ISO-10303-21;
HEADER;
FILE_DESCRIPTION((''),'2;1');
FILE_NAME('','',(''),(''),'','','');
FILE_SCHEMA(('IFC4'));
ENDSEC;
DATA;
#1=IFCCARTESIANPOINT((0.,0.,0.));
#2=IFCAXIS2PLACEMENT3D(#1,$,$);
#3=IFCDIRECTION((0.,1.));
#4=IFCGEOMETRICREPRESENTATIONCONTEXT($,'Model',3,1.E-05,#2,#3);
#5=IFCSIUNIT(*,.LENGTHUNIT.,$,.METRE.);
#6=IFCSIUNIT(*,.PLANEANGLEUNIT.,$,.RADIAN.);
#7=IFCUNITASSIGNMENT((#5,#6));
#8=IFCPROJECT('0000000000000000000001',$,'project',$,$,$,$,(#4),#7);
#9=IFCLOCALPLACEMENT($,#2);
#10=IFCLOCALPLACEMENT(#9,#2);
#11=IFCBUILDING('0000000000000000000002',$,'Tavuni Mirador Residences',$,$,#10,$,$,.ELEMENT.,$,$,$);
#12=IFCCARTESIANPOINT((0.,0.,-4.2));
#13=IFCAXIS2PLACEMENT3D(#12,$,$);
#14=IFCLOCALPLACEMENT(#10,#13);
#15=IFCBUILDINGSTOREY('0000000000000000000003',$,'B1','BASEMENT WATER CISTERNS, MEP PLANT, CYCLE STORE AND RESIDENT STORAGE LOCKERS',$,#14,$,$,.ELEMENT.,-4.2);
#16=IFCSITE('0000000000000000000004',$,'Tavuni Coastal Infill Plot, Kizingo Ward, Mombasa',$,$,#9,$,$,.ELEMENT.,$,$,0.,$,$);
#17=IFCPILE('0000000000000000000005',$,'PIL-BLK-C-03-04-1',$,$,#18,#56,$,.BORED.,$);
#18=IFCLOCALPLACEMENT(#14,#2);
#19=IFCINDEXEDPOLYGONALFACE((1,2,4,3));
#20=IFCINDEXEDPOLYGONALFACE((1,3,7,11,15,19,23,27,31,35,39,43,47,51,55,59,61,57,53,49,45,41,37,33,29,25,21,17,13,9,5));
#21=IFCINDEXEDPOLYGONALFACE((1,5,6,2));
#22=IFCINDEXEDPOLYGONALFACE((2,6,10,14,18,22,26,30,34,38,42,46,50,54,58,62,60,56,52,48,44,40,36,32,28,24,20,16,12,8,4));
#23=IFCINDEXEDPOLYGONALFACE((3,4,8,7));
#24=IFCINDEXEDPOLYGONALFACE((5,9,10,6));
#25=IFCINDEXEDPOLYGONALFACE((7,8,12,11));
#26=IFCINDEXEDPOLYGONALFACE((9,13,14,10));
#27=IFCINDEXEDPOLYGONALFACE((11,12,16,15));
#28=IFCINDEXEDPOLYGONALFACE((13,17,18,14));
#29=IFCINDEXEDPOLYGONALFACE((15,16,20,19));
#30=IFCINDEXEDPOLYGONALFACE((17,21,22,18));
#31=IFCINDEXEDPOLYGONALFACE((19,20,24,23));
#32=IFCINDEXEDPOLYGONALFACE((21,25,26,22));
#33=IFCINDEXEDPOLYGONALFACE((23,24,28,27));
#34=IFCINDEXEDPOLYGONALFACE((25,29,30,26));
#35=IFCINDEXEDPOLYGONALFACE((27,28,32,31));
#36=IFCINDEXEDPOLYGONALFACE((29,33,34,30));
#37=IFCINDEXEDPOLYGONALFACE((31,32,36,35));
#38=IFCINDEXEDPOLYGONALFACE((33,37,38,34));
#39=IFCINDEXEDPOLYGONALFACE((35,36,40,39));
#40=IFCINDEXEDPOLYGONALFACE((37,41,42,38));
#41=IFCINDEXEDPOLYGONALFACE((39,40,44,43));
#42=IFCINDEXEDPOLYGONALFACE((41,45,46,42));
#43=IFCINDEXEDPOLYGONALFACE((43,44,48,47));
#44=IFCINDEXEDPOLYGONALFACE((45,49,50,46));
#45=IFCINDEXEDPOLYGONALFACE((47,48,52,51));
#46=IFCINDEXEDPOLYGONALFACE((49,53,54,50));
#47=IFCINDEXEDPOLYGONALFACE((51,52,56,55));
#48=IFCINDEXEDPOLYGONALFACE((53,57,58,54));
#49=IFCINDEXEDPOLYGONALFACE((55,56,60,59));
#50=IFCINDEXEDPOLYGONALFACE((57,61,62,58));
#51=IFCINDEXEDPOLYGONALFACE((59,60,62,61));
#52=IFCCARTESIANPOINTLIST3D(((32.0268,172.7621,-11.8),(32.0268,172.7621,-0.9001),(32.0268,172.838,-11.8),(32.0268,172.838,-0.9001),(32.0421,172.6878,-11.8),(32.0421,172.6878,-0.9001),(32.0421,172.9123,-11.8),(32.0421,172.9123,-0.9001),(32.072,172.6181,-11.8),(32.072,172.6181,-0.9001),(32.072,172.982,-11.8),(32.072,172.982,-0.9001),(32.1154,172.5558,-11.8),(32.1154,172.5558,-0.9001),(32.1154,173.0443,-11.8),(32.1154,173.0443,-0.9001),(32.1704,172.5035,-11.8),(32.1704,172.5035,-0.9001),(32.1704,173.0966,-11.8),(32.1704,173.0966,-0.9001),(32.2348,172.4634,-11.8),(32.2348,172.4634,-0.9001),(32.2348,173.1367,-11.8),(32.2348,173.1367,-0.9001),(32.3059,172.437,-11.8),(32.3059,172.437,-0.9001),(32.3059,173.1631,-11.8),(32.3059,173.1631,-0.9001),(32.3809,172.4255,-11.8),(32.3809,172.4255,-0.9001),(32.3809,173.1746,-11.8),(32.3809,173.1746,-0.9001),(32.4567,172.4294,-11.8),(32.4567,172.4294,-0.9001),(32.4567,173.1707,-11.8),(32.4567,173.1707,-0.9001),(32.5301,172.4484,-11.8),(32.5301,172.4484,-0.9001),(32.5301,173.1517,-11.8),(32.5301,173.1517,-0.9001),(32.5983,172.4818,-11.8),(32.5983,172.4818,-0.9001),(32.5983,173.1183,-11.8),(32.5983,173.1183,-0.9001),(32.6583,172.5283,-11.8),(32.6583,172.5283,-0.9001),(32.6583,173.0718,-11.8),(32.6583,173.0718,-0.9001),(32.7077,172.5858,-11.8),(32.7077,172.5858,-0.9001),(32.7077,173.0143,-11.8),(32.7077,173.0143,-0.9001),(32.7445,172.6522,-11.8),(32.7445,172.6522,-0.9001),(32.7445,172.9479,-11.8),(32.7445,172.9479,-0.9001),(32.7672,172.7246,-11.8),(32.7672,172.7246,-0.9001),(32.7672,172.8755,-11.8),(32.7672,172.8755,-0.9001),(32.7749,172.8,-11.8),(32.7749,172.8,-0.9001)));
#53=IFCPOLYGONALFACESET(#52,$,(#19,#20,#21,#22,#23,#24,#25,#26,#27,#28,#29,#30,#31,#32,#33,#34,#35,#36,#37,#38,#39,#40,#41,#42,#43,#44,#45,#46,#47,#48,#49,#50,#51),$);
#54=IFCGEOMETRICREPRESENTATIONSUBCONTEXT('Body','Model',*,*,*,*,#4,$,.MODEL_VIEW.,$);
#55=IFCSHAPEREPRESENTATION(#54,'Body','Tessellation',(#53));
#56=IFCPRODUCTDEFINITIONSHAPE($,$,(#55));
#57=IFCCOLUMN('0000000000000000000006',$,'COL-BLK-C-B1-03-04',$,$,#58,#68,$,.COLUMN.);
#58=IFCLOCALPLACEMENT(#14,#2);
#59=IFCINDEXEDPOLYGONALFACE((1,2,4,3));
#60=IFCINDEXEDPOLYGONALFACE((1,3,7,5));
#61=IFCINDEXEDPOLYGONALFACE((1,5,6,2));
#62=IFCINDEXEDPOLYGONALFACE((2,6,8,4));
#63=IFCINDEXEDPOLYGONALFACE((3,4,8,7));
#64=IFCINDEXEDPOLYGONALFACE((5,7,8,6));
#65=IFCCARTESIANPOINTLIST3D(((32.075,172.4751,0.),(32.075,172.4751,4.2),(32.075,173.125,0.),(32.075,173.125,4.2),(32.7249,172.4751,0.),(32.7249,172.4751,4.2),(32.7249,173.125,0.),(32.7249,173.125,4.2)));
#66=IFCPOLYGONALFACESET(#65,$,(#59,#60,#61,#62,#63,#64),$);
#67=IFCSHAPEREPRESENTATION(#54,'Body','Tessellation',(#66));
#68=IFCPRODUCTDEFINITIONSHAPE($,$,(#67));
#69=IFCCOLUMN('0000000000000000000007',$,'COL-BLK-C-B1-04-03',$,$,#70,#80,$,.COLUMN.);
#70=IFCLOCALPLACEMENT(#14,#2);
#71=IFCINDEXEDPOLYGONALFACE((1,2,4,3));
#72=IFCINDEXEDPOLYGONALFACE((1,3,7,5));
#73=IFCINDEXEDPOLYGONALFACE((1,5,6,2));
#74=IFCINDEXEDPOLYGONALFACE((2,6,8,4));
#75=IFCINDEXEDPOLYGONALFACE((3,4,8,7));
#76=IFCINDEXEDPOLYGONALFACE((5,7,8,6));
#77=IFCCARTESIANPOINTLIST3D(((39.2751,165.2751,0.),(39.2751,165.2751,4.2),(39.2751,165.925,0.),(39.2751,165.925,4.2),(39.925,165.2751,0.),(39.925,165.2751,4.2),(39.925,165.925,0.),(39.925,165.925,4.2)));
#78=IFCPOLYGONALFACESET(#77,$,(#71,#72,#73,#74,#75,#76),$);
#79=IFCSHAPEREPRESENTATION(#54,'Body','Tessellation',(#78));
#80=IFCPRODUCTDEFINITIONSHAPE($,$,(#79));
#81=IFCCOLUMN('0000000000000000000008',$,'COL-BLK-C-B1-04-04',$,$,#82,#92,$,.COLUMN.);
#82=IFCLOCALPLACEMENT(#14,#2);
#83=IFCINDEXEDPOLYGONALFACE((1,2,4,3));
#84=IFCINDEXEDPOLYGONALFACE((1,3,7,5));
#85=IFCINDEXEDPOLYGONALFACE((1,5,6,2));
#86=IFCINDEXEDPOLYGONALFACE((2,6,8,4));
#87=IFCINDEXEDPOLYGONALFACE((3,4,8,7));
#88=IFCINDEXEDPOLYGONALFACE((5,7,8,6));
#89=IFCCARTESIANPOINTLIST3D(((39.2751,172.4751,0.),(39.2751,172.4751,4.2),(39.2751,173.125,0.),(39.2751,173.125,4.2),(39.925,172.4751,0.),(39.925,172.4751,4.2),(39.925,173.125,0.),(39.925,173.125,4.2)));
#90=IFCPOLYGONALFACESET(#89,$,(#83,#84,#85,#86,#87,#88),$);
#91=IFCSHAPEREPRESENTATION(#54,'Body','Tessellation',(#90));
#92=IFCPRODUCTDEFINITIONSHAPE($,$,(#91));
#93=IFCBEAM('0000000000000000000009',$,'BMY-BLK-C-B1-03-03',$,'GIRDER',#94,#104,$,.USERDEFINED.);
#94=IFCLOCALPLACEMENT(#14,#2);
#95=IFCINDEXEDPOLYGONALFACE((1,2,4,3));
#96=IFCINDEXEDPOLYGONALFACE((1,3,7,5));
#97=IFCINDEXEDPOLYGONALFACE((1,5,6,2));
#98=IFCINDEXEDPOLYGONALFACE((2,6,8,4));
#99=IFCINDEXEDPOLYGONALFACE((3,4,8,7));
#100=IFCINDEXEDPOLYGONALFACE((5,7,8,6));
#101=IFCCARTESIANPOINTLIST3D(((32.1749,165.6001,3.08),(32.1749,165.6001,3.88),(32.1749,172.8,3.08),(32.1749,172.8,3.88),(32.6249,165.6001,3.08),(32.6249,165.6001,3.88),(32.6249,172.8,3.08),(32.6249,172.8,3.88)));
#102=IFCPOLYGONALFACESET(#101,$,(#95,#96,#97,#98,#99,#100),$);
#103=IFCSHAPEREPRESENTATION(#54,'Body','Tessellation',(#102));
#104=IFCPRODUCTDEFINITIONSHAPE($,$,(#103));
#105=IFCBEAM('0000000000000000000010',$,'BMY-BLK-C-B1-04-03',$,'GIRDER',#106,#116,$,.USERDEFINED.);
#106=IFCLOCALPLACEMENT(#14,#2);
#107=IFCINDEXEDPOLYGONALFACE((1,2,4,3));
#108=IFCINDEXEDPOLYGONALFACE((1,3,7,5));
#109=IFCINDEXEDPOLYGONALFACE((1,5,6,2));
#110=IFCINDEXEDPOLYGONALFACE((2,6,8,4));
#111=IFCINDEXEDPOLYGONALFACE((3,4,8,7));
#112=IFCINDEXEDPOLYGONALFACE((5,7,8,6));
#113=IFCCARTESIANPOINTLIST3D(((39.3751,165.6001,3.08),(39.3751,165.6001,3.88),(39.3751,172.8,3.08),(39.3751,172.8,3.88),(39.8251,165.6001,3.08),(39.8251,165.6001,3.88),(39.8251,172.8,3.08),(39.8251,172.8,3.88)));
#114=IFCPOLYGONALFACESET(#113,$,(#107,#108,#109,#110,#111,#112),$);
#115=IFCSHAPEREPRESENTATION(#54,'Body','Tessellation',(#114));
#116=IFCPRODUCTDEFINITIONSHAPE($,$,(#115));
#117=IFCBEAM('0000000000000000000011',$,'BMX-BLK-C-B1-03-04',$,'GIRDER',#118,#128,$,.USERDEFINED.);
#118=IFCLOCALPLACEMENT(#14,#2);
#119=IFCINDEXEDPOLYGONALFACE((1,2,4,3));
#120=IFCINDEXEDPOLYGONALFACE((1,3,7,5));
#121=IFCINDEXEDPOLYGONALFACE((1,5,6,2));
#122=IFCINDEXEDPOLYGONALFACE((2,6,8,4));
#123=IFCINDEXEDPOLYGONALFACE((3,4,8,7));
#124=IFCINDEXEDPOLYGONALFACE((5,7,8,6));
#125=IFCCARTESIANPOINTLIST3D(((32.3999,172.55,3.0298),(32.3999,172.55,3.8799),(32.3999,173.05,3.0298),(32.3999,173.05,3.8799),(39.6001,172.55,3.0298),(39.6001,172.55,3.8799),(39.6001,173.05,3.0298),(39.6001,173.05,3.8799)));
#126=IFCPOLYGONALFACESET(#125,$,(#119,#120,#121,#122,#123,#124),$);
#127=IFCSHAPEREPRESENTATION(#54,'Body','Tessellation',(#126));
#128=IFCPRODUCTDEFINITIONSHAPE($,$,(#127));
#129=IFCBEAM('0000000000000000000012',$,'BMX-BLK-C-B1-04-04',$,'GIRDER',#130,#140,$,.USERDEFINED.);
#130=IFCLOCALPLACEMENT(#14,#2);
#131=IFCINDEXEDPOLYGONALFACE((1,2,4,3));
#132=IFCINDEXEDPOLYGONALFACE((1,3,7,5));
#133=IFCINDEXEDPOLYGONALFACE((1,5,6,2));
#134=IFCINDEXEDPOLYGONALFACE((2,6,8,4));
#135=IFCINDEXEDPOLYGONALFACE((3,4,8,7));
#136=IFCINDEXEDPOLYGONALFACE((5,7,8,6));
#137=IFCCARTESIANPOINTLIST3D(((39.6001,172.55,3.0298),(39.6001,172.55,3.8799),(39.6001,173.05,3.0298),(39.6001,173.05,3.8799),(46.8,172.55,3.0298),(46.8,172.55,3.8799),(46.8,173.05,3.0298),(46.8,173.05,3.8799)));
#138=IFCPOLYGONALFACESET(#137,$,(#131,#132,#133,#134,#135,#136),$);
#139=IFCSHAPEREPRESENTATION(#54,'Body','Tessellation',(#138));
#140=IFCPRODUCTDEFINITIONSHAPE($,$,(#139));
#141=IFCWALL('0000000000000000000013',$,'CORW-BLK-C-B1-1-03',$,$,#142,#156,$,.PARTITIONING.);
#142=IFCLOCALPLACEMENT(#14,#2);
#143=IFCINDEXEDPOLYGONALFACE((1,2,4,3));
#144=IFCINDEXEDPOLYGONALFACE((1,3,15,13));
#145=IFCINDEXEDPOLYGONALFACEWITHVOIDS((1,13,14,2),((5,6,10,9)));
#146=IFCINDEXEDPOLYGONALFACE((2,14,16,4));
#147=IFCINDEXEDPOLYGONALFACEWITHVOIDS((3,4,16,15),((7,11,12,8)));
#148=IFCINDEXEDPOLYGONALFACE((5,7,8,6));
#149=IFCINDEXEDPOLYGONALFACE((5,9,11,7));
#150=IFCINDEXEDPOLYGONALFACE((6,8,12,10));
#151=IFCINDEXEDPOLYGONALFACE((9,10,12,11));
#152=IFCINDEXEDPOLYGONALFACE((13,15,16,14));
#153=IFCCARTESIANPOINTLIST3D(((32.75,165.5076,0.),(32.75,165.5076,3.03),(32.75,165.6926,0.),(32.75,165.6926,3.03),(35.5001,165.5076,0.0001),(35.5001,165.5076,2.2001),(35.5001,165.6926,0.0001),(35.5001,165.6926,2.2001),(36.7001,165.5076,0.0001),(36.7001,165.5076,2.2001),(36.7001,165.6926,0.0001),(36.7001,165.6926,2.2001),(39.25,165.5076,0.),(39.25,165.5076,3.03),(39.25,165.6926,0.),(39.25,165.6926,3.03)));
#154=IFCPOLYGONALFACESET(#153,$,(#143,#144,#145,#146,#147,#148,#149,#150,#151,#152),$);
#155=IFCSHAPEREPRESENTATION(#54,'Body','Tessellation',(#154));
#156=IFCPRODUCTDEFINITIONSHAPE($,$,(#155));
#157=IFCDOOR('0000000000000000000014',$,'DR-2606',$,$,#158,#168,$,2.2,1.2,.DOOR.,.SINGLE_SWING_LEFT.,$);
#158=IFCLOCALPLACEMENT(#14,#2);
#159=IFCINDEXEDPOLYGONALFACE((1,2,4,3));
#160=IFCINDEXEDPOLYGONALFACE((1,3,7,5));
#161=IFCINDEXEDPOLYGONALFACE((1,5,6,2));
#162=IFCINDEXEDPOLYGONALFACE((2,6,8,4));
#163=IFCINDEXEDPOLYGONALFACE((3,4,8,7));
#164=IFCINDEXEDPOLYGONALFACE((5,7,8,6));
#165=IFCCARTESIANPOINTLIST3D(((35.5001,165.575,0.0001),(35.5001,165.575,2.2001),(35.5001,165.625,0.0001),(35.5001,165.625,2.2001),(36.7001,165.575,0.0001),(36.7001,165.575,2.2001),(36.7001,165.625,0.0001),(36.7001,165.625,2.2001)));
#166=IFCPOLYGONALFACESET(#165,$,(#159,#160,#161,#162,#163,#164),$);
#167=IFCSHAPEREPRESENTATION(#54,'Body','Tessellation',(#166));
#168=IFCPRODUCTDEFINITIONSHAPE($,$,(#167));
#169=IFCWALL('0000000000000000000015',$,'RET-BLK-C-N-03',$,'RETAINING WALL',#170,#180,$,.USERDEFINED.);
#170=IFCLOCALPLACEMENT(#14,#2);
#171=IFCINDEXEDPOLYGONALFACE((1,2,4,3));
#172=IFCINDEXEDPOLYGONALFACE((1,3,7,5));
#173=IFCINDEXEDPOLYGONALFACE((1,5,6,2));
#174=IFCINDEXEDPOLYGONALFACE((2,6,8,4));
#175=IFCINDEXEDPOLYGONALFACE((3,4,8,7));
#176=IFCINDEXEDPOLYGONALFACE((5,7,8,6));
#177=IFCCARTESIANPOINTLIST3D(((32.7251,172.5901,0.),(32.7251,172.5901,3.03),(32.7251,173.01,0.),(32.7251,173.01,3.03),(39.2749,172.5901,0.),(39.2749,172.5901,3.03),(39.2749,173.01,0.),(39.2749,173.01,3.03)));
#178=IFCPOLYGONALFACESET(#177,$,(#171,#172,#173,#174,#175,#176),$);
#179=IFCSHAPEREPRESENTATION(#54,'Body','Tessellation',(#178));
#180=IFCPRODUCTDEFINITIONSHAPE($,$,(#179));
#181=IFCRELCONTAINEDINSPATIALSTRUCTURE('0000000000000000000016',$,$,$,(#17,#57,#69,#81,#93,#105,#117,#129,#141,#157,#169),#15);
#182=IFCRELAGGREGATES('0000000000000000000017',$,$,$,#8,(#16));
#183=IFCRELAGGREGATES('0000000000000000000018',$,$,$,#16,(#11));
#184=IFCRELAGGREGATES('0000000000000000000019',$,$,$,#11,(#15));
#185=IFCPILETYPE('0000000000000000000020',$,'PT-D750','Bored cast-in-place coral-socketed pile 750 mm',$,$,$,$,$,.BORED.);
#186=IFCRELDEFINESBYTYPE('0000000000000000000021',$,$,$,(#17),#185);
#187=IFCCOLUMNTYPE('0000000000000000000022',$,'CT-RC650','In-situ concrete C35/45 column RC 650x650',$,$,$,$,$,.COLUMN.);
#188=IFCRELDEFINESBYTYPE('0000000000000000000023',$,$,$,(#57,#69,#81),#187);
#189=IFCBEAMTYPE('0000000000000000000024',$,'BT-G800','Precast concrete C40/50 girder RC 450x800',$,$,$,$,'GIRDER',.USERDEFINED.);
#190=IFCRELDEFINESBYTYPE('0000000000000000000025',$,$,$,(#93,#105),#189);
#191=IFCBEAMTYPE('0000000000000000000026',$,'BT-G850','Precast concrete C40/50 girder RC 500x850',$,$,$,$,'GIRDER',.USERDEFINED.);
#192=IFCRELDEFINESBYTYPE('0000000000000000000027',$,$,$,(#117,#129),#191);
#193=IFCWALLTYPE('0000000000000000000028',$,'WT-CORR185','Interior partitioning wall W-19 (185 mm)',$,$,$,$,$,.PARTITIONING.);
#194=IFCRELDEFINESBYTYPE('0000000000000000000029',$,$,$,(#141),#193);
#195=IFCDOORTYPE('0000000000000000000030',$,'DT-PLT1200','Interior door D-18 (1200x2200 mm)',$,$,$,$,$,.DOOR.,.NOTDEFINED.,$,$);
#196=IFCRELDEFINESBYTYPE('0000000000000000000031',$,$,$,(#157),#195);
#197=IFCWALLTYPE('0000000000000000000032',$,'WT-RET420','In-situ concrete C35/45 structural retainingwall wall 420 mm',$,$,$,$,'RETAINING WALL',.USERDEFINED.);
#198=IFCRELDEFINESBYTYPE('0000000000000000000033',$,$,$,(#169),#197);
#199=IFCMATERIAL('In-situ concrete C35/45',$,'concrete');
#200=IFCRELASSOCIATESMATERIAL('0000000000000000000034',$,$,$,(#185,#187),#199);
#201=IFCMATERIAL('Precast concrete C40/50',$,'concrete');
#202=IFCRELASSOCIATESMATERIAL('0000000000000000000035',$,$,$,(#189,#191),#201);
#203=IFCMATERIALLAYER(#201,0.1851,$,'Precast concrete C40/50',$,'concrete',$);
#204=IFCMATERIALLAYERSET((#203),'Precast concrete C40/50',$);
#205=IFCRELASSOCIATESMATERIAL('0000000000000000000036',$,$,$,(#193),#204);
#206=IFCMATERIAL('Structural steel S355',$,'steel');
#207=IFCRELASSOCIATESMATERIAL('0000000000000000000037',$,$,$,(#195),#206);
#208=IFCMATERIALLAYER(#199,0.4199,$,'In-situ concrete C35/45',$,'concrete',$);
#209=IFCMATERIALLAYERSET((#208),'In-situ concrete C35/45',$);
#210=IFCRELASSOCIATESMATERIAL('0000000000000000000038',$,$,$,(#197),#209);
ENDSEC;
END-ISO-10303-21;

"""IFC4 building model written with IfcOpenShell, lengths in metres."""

from ifc_helpers import new_model, si_unit, direction, frame, frame_2d, origin, origin_2d, place, context, subcontext, project, spatial, rectangle, circle, extrude, material, layer, layer_set, material_profile, profile_set, type_object, element, fill, save


model = new_model("IFC4")

# Units and contexts
model_context = context("Model", 3, precision=1e-05, world=origin(), true_north=direction((0.0, 1.0)))
body_context = subcontext(model_context, "Body", "Model", "MODEL_VIEW")
ifc_project = project(units=[si_unit("LENGTHUNIT", "METRE"), si_unit("PLANEANGLEUNIT", "RADIAN")], contexts=[model_context])

# Site, building, storey
site_placement = place(None, origin())
site = spatial("IfcSite", under=ifc_project, at=site_placement, Name="Tavuni Coastal Infill Plot, Kizingo Ward, Mombasa", CompositionType="ELEMENT", RefElevation=0.0)
building_placement = place(site_placement, origin())
building = spatial("IfcBuilding", under=site, at=building_placement, Name="Tavuni Mirador Residences", CompositionType="ELEMENT")
storey_placement = place(building_placement, frame((0.0, 0.0, -4.2)))
storey = spatial("IfcBuildingStorey", under=building, at=storey_placement, Name="B1", Description="BASEMENT WATER CISTERNS, MEP PLANT, CYCLE STORE AND RESIDENT STORAGE LOCKERS", CompositionType="ELEMENT", Elevation=-4.2)

# Shared definitions
ifc_material_1 = material(Name="In-situ concrete C35/45", Category="concrete")

# Pile
ifc_material_profile_1 = material_profile(ifc_material_1, circle(Radius=0.375, at=origin_2d()), Name="PILE D750", Category="concrete")
ifc_profile_set_1 = profile_set([ifc_material_profile_1], Name="In-situ concrete C35/45")
pile_type_1 = type_object("IfcPileType", Name="PT-D750", Description="Bored cast-in-place coral-socketed pile 750 mm", PredefinedType="BORED", material=ifc_profile_set_1)
pile_1_placement = place(storey_placement, frame((32.3999, 172.8, -0.9001), z_axis=(0.0, 0.0, -1.0), x_axis=(1.0, 0.0, 0.0)))
element("IfcPile", 1, at=pile_1_placement, inside=storey, type_object=pile_type_1, Name="PIL-BLK-C-03-04-1", PredefinedType="BORED", context=body_context, shape_type="SweptSolid", body=[
    extrude(circle(Radius=0.375, at=origin_2d()), origin(), (0.0, 0.0, 1.0), 10.8999),
])

# Columns
ifc_material_profile_2 = material_profile(ifc_material_1, rectangle(XDim=0.6499, YDim=0.6499, at=origin_2d()), Name="RC 650x650", Category="concrete")
ifc_profile_set_2 = profile_set([ifc_material_profile_2], Name="In-situ concrete C35/45")
column_type = type_object("IfcColumnType", Name="CT-RC650", Description="In-situ concrete C35/45 column RC 650x650", PredefinedType="COLUMN", material=ifc_profile_set_2)
for number, where, z_axis, x_axis, name in (
    (2, (32.3999, 172.8, 0.0), (0.0, 0.0, 1.0), (1.0, 0.0, 0.0), "COL-BLK-C-B1-03-04"),
    (3, (39.6001, 165.6001, 0.0), (0.0, 0.0, 1.0), (1.0, 0.0, 0.0), "COL-BLK-C-B1-04-03"),
    (4, (39.6001, 172.8, 0.0), (0.0, 0.0, 1.0), (1.0, 0.0, 0.0), "COL-BLK-C-B1-04-04"),
):
    element("IfcColumn", number, at=place(storey_placement, frame(where, z_axis=z_axis, x_axis=x_axis)), inside=storey, type_object=column_type, Name=name, PredefinedType="COLUMN", context=body_context, shape_type="SweptSolid", body=[
        extrude(rectangle(XDim=0.6499, YDim=0.6499, at=origin_2d()), origin(), (0.0, 0.0, 1.0), 4.2),
    ])

# Beams
ifc_material_2 = material(Name="Precast concrete C40/50", Category="concrete")
ifc_material_profile_3 = material_profile(ifc_material_2, rectangle(XDim=0.45, YDim=0.8, at=origin_2d()), Name="RC 450x800", Category="concrete")
ifc_profile_set_3 = profile_set([ifc_material_profile_3], Name="Precast concrete C40/50")
beam_type_1 = type_object("IfcBeamType", Name="BT-G800", Description="Precast concrete C40/50 girder RC 450x800", ElementType="GIRDER", PredefinedType="USERDEFINED", material=ifc_profile_set_3)
for number, where, z_axis, x_axis, name in (
    (5, (32.3999, 165.6001, 3.48), (0.0, 1.0, 0.0), (-1.0, 0.0, 0.0), "BMY-BLK-C-B1-03-03"),
    (6, (39.6001, 165.6001, 3.48), (0.0, 1.0, 0.0), (-1.0, 0.0, 0.0), "BMY-BLK-C-B1-04-03"),
):
    element("IfcBeam", number, at=place(storey_placement, frame(where, z_axis=z_axis, x_axis=x_axis)), inside=storey, type_object=beam_type_1, Name=name, ObjectType="GIRDER", PredefinedType="USERDEFINED", context=body_context, shape_type="SweptSolid", body=[
        extrude(rectangle(XDim=0.45, YDim=0.8, at=origin_2d()), origin(), (0.0, 0.0, 1.0), 7.2),
    ])
ifc_material_profile_4 = material_profile(ifc_material_2, rectangle(XDim=0.5, YDim=0.8501, at=origin_2d()), Name="RC 500x850", Category="concrete")
ifc_profile_set_4 = profile_set([ifc_material_profile_4], Name="Precast concrete C40/50")
beam_type_2 = type_object("IfcBeamType", Name="BT-G850", Description="Precast concrete C40/50 girder RC 500x850", ElementType="GIRDER", PredefinedType="USERDEFINED", material=ifc_profile_set_4)
beam_1_placement = place(storey_placement, frame((32.3999, 172.8, 3.4548), z_axis=(1.0, 0.0, 0.0), x_axis=(0.0, 1.0, 0.0)))
element("IfcBeam", 7, at=beam_1_placement, inside=storey, type_object=beam_type_2, Name="BMX-BLK-C-B1-03-04", ObjectType="GIRDER", PredefinedType="USERDEFINED", context=body_context, shape_type="SweptSolid", body=[
    extrude(rectangle(XDim=0.5, YDim=0.8501, at=origin_2d()), origin(), (0.0, 0.0, 1.0), 7.2002),
])
beam_2_placement = place(storey_placement, frame((39.6001, 172.8, 3.4548), z_axis=(1.0, 0.0, 0.0), x_axis=(0.0, 1.0, 0.0)))
element("IfcBeam", 8, at=beam_2_placement, inside=storey, type_object=beam_type_2, Name="BMX-BLK-C-B1-04-04", ObjectType="GIRDER", PredefinedType="USERDEFINED", context=body_context, shape_type="SweptSolid", body=[
    extrude(rectangle(XDim=0.5, YDim=0.8501, at=origin_2d()), origin(), (0.0, 0.0, 1.0), 7.2),
])

# Wall, opening, door
ifc_layer_1 = layer(ifc_material_2, 0.1851, Name="Precast concrete C40/50", Category="concrete")
ifc_layer_set_1 = layer_set([ifc_layer_1], Name="Precast concrete C40/50")
wall_type_1 = type_object("IfcWallType", Name="WT-CORR185", Description="Interior partitioning wall W-19 (185 mm)", PredefinedType="PARTITIONING", material=ifc_layer_set_1)
wall_1_placement = place(storey_placement, frame((32.75, 165.6001, 0.0), z_axis=(0.0, 0.0, 1.0), x_axis=(1.0, 0.0, 0.0)))
wall_1 = element("IfcWall", 9, at=wall_1_placement, inside=storey, type_object=wall_type_1, Name="CORW-BLK-C-B1-1-03", PredefinedType="PARTITIONING", context=body_context, shape_type="SweptSolid", body=[
    extrude(rectangle(XDim=6.5, YDim=0.1851, at=frame_2d((3.25, 0.0))), origin(), (0.0, 0.0, 1.0), 3.03),
])
opening_1_placement = place(wall_1_placement, frame((2.75, 0.0, 0.0)))
opening_1 = element("IfcOpeningElement", 10, at=opening_1_placement, cuts=wall_1, PredefinedType="OPENING", context=body_context, shape_type="SweptSolid", body=[
    extrude(rectangle(XDim=1.2, YDim=2.2, at=frame_2d((0.6001, 1.1001))), frame((0.0, 0.1025, 0.0), z_axis=(0.0, -1.0, 0.0), x_axis=(1.0, 0.0, 0.0)), (0.0, 0.0, 1.0), 0.2051),
])
ifc_material_3 = material(Name="Structural steel S355", Category="steel")
door_type_1 = type_object("IfcDoorType", Name="DT-PLT1200", Description="Interior door D-18 (1200x2200 mm)", OperationType="NOTDEFINED", PredefinedType="DOOR", material=ifc_material_3)
door_1_placement = place(opening_1_placement, origin())
door_1 = element("IfcDoor", 11, at=door_1_placement, inside=storey, type_object=door_type_1, Name="DR-2606", OperationType="SINGLE_SWING_LEFT", OverallHeight=2.2, OverallWidth=1.2, PredefinedType="DOOR", context=body_context, shape_type="SweptSolid", body=[
    extrude(rectangle(XDim=1.2, YDim=2.2, at=frame_2d((0.6001, 1.1001))), frame((0.0, 0.0249, 0.0), z_axis=(0.0, -1.0, 0.0), x_axis=(1.0, 0.0, 0.0)), (0.0, 0.0, 1.0), 0.05),
])
fill(opening_1, door_1)

# Wall
ifc_layer_2 = layer(ifc_material_1, 0.4199, Name="In-situ concrete C35/45", Category="concrete")
ifc_layer_set_2 = layer_set([ifc_layer_2], Name="In-situ concrete C35/45")
wall_type_2 = type_object("IfcWallType", Name="WT-RET420", Description="In-situ concrete C35/45 structural retainingwall wall 420 mm", ElementType="RETAINING WALL", PredefinedType="USERDEFINED", material=ifc_layer_set_2)
wall_2_placement = place(storey_placement, frame((39.2749, 172.8, 0.0), z_axis=(0.0, 0.0, 1.0), x_axis=(-1.0, 0.0, 0.0)))
element("IfcWall", 12, at=wall_2_placement, inside=storey, type_object=wall_type_2, Name="RET-BLK-C-N-03", ObjectType="RETAINING WALL", PredefinedType="USERDEFINED", context=body_context, shape_type="SweptSolid", body=[
    extrude(rectangle(XDim=6.5498, YDim=0.4199, at=frame_2d((3.2749, 0.0))), origin(), (0.0, 0.0, 1.0), 3.03),
])

save(model, "model.ifc")
